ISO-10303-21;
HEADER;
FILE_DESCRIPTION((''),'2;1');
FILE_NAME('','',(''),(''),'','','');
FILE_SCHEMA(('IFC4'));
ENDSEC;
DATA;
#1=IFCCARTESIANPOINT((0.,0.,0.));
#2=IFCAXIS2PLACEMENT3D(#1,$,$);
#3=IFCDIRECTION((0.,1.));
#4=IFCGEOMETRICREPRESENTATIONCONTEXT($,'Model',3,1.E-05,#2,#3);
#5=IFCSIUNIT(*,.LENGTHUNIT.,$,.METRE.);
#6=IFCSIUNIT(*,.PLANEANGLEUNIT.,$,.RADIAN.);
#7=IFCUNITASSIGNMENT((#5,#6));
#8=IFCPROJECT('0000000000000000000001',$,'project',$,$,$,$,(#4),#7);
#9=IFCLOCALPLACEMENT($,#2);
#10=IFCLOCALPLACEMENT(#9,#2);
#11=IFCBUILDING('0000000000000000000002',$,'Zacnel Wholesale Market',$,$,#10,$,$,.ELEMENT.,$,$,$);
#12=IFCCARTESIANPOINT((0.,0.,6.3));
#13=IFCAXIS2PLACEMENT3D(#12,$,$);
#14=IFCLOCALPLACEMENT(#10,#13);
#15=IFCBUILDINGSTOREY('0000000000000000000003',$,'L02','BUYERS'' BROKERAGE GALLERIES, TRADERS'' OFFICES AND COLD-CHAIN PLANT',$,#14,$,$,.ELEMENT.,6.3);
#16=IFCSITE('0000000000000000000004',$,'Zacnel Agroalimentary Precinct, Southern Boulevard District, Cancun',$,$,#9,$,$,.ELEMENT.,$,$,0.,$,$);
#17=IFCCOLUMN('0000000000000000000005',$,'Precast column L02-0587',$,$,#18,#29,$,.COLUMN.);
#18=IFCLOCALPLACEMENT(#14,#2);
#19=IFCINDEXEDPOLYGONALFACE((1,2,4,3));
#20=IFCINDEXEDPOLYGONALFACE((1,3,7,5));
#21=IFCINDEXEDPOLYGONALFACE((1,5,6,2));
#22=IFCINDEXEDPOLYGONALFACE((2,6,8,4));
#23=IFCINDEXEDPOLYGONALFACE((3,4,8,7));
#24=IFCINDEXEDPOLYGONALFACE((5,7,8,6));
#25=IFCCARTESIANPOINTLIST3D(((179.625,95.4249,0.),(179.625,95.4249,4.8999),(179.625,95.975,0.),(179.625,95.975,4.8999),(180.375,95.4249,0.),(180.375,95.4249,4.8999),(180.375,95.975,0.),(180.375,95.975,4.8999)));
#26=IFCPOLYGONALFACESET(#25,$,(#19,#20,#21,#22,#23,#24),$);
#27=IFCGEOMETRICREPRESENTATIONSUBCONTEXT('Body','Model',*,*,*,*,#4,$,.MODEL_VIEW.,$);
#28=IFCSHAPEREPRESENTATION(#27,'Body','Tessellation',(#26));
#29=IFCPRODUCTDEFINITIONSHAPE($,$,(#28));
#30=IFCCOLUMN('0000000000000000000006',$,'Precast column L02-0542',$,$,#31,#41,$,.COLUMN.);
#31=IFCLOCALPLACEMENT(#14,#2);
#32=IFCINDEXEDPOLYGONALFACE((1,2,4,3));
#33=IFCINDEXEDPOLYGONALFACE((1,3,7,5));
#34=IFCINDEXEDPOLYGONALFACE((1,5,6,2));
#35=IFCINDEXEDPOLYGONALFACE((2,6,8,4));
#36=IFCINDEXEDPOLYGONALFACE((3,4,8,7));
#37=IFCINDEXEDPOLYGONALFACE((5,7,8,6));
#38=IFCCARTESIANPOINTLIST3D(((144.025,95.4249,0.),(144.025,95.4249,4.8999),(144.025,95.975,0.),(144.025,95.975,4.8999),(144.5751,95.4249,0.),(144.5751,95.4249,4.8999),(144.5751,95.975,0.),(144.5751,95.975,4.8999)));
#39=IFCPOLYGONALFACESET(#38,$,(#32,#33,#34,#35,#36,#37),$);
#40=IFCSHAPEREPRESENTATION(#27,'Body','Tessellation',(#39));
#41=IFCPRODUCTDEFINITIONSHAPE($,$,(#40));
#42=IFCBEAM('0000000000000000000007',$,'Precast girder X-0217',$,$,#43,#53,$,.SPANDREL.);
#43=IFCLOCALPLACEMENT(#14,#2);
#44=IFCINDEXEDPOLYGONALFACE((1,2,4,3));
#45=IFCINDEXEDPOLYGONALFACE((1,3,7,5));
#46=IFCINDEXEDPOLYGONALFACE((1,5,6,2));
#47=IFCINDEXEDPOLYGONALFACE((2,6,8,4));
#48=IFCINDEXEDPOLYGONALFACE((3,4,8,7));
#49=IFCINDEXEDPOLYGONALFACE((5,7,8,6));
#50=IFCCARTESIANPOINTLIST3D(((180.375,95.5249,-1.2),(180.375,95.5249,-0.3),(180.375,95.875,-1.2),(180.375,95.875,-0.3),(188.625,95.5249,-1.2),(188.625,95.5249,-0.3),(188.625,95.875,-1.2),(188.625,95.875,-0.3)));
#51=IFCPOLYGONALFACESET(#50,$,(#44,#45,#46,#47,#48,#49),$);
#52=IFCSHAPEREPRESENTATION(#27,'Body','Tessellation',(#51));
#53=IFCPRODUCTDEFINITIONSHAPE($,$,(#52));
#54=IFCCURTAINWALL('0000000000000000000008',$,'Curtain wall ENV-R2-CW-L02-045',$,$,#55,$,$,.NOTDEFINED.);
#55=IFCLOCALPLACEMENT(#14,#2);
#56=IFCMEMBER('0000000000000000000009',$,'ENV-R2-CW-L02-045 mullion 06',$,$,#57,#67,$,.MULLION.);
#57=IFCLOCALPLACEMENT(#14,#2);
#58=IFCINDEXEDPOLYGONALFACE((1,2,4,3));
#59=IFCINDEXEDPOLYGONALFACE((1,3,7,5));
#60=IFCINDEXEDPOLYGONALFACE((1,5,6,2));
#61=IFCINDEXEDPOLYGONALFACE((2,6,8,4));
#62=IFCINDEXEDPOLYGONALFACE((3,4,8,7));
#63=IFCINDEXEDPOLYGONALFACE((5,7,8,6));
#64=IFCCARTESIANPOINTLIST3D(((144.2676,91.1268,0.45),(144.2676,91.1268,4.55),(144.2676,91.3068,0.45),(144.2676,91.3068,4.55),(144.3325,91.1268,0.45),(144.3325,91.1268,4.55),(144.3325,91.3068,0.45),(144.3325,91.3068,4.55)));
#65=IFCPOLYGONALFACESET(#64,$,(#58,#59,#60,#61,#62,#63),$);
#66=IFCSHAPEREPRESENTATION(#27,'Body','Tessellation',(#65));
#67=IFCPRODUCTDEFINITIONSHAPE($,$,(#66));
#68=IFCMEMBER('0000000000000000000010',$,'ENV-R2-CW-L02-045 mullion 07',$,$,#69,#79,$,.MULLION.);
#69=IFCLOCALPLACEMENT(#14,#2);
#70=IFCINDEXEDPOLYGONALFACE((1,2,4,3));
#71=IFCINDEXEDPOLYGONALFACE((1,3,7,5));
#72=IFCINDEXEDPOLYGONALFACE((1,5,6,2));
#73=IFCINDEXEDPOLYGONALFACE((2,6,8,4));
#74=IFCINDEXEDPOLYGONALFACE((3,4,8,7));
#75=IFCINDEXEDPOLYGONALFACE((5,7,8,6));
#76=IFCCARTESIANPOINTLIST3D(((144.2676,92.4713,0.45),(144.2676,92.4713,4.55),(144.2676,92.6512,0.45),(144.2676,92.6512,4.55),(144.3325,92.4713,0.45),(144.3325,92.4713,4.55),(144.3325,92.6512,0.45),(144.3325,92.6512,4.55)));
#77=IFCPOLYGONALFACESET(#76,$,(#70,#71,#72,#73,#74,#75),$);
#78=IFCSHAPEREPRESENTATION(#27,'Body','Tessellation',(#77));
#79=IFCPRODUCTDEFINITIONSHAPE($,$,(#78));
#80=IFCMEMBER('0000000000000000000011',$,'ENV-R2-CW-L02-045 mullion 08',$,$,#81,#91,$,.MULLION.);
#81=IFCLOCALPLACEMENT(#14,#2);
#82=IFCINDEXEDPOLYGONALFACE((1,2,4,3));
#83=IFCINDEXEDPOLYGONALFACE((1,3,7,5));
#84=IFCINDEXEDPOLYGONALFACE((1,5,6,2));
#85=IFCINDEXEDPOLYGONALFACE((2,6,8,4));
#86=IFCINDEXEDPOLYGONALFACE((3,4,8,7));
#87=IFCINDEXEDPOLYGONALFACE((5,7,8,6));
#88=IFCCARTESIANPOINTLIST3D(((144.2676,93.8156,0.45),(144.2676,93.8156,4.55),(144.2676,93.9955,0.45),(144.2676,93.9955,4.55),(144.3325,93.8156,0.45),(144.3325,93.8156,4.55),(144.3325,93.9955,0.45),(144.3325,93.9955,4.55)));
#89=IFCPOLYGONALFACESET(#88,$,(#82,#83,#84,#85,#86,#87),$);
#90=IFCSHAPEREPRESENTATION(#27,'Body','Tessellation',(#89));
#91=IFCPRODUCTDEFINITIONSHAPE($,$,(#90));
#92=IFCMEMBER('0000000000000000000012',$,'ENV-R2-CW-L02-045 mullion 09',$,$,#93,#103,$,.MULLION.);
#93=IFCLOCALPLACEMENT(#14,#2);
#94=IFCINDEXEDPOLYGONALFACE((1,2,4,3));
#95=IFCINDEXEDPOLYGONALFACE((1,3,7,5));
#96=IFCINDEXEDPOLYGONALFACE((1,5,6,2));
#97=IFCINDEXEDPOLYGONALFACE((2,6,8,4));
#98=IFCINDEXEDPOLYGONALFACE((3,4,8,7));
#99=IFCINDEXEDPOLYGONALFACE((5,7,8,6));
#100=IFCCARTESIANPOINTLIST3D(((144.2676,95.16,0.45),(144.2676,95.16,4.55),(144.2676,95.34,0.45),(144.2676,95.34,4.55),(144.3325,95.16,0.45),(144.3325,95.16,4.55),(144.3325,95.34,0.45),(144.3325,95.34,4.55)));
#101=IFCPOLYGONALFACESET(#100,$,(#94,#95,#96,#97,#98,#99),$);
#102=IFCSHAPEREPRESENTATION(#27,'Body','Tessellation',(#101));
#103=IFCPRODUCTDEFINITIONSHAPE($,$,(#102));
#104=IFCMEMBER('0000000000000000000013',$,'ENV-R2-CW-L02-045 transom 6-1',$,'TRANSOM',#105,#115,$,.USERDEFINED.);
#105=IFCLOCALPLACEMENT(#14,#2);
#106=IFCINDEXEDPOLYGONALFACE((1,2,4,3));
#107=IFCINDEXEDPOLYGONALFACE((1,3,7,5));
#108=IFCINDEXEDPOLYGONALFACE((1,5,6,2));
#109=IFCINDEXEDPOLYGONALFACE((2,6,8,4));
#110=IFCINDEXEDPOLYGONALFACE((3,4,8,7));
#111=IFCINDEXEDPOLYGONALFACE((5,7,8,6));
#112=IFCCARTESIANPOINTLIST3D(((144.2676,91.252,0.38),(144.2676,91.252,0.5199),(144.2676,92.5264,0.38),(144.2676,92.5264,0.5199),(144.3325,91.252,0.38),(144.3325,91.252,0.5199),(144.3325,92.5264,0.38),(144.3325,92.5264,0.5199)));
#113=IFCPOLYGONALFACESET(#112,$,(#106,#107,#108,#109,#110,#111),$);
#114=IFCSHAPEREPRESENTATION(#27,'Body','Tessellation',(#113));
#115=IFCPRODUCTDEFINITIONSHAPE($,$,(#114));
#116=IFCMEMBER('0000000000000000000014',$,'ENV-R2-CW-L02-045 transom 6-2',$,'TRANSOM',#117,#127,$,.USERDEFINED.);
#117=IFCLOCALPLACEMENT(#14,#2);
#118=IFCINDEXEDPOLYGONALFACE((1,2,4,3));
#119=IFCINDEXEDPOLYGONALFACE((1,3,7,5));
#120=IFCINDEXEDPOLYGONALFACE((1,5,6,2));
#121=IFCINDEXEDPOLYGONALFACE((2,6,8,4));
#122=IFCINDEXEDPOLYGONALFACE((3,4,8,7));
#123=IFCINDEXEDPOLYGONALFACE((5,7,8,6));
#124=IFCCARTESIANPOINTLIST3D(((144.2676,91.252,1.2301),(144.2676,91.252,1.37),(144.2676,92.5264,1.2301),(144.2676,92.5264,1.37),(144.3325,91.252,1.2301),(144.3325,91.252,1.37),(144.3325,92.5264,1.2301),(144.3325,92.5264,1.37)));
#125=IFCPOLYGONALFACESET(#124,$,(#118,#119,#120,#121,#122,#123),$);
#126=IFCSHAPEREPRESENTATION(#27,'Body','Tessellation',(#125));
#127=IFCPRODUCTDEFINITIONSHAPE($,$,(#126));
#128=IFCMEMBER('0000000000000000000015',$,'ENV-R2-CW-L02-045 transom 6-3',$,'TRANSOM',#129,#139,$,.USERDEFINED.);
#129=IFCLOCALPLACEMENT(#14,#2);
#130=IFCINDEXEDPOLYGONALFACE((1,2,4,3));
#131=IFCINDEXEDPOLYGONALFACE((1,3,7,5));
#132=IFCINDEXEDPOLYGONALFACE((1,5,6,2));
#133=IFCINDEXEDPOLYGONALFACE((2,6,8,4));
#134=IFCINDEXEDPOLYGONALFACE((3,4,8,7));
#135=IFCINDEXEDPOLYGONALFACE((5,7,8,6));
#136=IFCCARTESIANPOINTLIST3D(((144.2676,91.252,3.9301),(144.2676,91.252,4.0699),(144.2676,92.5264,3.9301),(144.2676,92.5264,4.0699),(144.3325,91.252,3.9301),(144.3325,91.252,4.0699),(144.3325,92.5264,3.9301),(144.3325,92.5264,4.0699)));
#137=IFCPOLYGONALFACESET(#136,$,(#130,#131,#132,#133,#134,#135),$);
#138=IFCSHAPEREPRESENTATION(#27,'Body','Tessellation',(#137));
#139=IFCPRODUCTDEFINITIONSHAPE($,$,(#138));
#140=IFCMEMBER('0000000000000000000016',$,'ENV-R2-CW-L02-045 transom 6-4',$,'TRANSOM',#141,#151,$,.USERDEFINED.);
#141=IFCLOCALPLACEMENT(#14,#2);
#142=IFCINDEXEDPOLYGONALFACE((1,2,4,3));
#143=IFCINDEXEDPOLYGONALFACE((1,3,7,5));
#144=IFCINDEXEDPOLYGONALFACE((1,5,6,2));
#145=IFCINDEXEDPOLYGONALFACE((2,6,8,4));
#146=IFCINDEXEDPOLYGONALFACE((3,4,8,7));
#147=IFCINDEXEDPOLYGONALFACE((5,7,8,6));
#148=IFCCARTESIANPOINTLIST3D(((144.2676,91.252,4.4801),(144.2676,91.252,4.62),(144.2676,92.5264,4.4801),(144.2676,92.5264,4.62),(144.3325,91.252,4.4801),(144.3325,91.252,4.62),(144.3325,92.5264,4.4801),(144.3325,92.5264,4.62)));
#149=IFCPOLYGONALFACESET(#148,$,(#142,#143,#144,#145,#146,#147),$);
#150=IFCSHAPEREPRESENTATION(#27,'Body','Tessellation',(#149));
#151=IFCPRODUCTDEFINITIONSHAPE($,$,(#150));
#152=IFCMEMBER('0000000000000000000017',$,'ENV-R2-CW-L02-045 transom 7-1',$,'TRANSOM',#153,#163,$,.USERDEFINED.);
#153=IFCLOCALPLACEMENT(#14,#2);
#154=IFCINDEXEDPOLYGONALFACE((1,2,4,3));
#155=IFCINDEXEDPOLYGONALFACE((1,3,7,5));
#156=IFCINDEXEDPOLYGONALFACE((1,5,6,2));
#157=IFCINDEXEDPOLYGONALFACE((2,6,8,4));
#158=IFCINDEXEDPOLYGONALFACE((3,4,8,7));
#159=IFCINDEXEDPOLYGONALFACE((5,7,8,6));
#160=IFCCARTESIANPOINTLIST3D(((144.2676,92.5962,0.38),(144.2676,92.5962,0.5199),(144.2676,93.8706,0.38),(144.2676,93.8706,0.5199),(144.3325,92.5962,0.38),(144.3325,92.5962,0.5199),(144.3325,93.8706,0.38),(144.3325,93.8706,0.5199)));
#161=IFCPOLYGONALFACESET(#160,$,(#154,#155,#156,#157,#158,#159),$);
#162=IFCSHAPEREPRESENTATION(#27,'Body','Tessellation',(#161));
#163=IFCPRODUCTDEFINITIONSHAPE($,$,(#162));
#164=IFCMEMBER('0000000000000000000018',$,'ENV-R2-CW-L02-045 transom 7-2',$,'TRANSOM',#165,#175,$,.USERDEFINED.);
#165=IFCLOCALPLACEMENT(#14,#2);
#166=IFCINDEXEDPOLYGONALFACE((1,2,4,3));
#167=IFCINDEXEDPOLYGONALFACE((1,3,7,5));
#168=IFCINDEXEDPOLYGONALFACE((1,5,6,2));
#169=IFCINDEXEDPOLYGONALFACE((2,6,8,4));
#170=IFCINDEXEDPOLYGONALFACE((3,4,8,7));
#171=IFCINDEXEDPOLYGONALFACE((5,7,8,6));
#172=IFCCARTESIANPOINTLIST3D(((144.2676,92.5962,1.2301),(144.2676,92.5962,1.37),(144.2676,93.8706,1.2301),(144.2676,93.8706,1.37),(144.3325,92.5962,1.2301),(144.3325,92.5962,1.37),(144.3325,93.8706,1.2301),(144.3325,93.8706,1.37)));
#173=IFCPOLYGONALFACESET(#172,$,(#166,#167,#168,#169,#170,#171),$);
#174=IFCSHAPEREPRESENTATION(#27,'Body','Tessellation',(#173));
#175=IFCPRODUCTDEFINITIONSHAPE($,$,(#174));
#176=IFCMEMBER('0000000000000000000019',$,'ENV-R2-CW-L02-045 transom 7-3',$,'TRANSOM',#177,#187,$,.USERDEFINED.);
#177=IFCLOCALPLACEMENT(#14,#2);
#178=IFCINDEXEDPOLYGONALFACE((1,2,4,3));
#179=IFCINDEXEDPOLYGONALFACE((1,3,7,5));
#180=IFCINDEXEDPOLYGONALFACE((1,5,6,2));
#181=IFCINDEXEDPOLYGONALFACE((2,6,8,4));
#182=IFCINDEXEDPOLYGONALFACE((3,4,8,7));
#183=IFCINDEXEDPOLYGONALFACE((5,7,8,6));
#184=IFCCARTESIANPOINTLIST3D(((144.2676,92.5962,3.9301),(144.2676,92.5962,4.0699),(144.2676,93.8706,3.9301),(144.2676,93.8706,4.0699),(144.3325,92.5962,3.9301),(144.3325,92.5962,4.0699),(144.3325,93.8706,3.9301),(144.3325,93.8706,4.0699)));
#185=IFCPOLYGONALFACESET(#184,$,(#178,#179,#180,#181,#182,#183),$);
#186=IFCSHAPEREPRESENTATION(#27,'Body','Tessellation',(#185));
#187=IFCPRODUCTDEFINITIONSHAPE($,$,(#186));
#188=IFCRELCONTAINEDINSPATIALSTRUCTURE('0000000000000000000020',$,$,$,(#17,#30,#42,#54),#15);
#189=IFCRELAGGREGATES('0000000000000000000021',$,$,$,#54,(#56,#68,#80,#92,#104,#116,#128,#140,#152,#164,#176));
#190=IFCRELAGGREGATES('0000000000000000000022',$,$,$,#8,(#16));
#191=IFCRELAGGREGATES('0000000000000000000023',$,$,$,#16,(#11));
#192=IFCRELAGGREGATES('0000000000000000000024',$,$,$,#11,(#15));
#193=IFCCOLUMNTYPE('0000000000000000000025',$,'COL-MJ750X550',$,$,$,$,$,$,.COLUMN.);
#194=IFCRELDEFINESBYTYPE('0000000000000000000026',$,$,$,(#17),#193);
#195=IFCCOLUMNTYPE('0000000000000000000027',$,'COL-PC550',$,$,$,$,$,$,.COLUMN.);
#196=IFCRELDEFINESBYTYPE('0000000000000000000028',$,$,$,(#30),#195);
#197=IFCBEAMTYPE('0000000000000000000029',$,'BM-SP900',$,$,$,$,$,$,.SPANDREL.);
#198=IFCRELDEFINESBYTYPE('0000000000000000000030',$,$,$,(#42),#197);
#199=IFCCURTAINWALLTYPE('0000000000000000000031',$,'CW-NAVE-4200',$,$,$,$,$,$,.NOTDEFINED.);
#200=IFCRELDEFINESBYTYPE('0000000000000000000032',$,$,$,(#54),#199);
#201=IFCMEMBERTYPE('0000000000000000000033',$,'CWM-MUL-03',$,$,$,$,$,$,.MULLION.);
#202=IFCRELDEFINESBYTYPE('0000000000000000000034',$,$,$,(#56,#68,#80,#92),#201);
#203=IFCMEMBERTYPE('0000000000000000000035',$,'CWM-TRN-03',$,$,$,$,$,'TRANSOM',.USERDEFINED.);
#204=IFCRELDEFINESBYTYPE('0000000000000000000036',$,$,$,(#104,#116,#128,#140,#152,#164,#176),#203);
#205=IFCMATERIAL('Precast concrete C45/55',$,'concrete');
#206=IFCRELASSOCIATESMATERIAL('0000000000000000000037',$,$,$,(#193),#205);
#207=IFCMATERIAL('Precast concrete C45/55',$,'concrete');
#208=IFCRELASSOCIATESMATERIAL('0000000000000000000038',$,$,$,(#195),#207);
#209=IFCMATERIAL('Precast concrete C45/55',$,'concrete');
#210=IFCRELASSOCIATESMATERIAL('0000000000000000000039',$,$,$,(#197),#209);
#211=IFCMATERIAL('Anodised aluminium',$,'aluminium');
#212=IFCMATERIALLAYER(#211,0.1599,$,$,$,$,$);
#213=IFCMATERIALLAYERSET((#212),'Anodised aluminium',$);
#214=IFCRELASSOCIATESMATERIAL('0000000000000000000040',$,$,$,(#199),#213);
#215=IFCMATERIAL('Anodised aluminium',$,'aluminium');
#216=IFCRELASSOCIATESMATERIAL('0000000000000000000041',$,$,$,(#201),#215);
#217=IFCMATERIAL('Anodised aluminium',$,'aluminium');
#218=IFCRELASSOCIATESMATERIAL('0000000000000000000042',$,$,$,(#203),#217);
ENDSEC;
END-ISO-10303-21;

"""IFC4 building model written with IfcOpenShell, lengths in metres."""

from ifc_helpers import new_model, si_unit, direction, frame, origin, origin_2d, place, context, subcontext, project, spatial, rectangle, extrude, material, layer, layer_set, material_profile, profile_set, type_object, element, aggregate, save


model = new_model("IFC4")

# Units and contexts
model_context = context("Model", 3, precision=1e-05, world=origin(), true_north=direction((0.0, 1.0)))
body_context = subcontext(model_context, "Body", "Model", "MODEL_VIEW")
ifc_project = project(units=[si_unit("LENGTHUNIT", "METRE"), si_unit("PLANEANGLEUNIT", "RADIAN")], contexts=[model_context])

# Site, building, storey
site_placement = place(None, origin())
site = spatial("IfcSite", under=ifc_project, at=site_placement, Name="Zacnel Agroalimentary Precinct, Southern Boulevard District, Cancun", CompositionType="ELEMENT", RefElevation=0.0)
building_placement = place(site_placement, origin())
building = spatial("IfcBuilding", under=site, at=building_placement, Name="Zacnel Wholesale Market", CompositionType="ELEMENT")
storey_placement = place(building_placement, frame((0.0, 0.0, 6.3)))
storey = spatial("IfcBuildingStorey", under=building, at=storey_placement, Name="L02", Description="BUYERS' BROKERAGE GALLERIES, TRADERS' OFFICES AND COLD-CHAIN PLANT", CompositionType="ELEMENT", Elevation=6.3)

# Columns
ifc_material_1 = material(Name="Precast concrete C45/55", Category="concrete")
ifc_material_profile_1 = material_profile(ifc_material_1, rectangle(XDim=0.75, YDim=0.55, at=origin_2d()), Name="PC 750x550")
ifc_profile_set_1 = profile_set([ifc_material_profile_1], Name="Precast concrete C45/55")
column_type_1 = type_object("IfcColumnType", Name="COL-MJ750X550", PredefinedType="COLUMN", material=ifc_profile_set_1)
column_1_placement = place(storey_placement, frame((180.0, 95.7, 0.0), z_axis=(0.0, 0.0, 1.0), x_axis=(1.0, 0.0, 0.0)))
element("IfcColumn", 1, at=column_1_placement, inside=storey, type_object=column_type_1, Name="Precast column L02-0587", PredefinedType="COLUMN", context=body_context, shape_type="SweptSolid", body=[
    extrude(rectangle(XDim=0.75, YDim=0.55, at=origin_2d()), origin(), (0.0, 0.0, 1.0), 4.8999),
])
ifc_material_2 = material(Name="Precast concrete C45/55", Category="concrete")
ifc_material_profile_2 = material_profile(ifc_material_2, rectangle(XDim=0.55, YDim=0.55, at=origin_2d()), Name="PC 550x550")
ifc_profile_set_2 = profile_set([ifc_material_profile_2], Name="Precast concrete C45/55")
column_type_2 = type_object("IfcColumnType", Name="COL-PC550", PredefinedType="COLUMN", material=ifc_profile_set_2)
column_2_placement = place(storey_placement, frame((144.3, 95.7, 0.0), z_axis=(0.0, 0.0, 1.0), x_axis=(1.0, 0.0, 0.0)))
element("IfcColumn", 2, at=column_2_placement, inside=storey, type_object=column_type_2, Name="Precast column L02-0542", PredefinedType="COLUMN", context=body_context, shape_type="SweptSolid", body=[
    extrude(rectangle(XDim=0.55, YDim=0.55, at=origin_2d()), origin(), (0.0, 0.0, 1.0), 4.8999),
])

# Beam
ifc_material_3 = material(Name="Precast concrete C45/55", Category="concrete")
ifc_material_profile_3 = material_profile(ifc_material_3, rectangle(XDim=0.3501, YDim=0.8999, at=origin_2d()), Name="SP 350x900")
ifc_profile_set_3 = profile_set([ifc_material_profile_3], Name="Precast concrete C45/55")
beam_type = type_object("IfcBeamType", Name="BM-SP900", PredefinedType="SPANDREL", material=ifc_profile_set_3)
beam_placement = place(storey_placement, frame((180.375, 95.7, -0.75), z_axis=(1.0, 0.0, 0.0), x_axis=(0.0, 1.0, 0.0)))
element("IfcBeam", 3, at=beam_placement, inside=storey, type_object=beam_type, Name="Precast girder X-0217", PredefinedType="SPANDREL", context=body_context, shape_type="SweptSolid", body=[
    extrude(rectangle(XDim=0.3501, YDim=0.8999, at=origin_2d()), origin(), (0.0, 0.0, 1.0), 8.25),
])

# Curtain wall, members
ifc_material_4 = material(Name="Anodised aluminium", Category="aluminium")
ifc_layer_1 = layer(ifc_material_4, 0.1599)
ifc_layer_set_1 = layer_set([ifc_layer_1], Name="Anodised aluminium")
curtain_wall_type = type_object("IfcCurtainWallType", Name="CW-NAVE-4200", PredefinedType="NOTDEFINED", material=ifc_layer_set_1)
curtain_wall_placement = place(storey_placement, origin())
curtain_wall = element("IfcCurtainWall", 4, at=curtain_wall_placement, inside=storey, type_object=curtain_wall_type, Name="Curtain wall ENV-R2-CW-L02-045", PredefinedType="NOTDEFINED")
ifc_material_5 = material(Name="Anodised aluminium", Category="aluminium")
ifc_material_profile_4 = material_profile(ifc_material_5, rectangle(XDim=0.0649, YDim=0.1799, at=origin_2d()), Name="AW-MULLION 65x180")
ifc_profile_set_4 = profile_set([ifc_material_profile_4], Name="Anodised aluminium")
member_type_1 = type_object("IfcMemberType", Name="CWM-MUL-03", PredefinedType="MULLION", material=ifc_profile_set_4)
member_1_placement = place(storey_placement, frame((144.3, 91.2168, 0.45), z_axis=(0.0, 0.0, 1.0), x_axis=(1.0, 0.0, 0.0)))
member_1 = element("IfcMember", 5, at=member_1_placement, type_object=member_type_1, Name="ENV-R2-CW-L02-045 mullion 06", PredefinedType="MULLION", context=body_context, shape_type="SweptSolid", body=[
    extrude(rectangle(XDim=0.0649, YDim=0.1799, at=origin_2d()), origin(), (0.0, 0.0, 1.0), 4.1001),
])
member_2_placement = place(storey_placement, frame((144.3, 92.5613, 0.45), z_axis=(0.0, 0.0, 1.0), x_axis=(1.0, 0.0, 0.0)))
member_2 = element("IfcMember", 6, at=member_2_placement, type_object=member_type_1, Name="ENV-R2-CW-L02-045 mullion 07", PredefinedType="MULLION", context=body_context, shape_type="SweptSolid", body=[
    extrude(rectangle(XDim=0.0649, YDim=0.1799, at=origin_2d()), origin(), (0.0, 0.0, 1.0), 4.1001),
])
member_3_placement = place(storey_placement, frame((144.3, 93.9055, 0.45), z_axis=(0.0, 0.0, 1.0), x_axis=(1.0, 0.0, 0.0)))
member_3 = element("IfcMember", 7, at=member_3_placement, type_object=member_type_1, Name="ENV-R2-CW-L02-045 mullion 08", PredefinedType="MULLION", context=body_context, shape_type="SweptSolid", body=[
    extrude(rectangle(XDim=0.0649, YDim=0.1799, at=origin_2d()), origin(), (0.0, 0.0, 1.0), 4.1001),
])
member_4_placement = place(storey_placement, frame((144.3, 95.25, 0.45), z_axis=(0.0, 0.0, 1.0), x_axis=(1.0, 0.0, 0.0)))
member_4 = element("IfcMember", 8, at=member_4_placement, type_object=member_type_1, Name="ENV-R2-CW-L02-045 mullion 09", PredefinedType="MULLION", context=body_context, shape_type="SweptSolid", body=[
    extrude(rectangle(XDim=0.0649, YDim=0.1799, at=origin_2d()), origin(), (0.0, 0.0, 1.0), 4.1001),
])
ifc_material_6 = material(Name="Anodised aluminium", Category="aluminium")
ifc_material_profile_5 = material_profile(ifc_material_6, rectangle(XDim=0.0649, YDim=0.1399, at=origin_2d()), Name="AW-TRANSOM 65x140")
ifc_profile_set_5 = profile_set([ifc_material_profile_5], Name="Anodised aluminium")
member_type_2 = type_object("IfcMemberType", Name="CWM-TRN-03", ElementType="TRANSOM", PredefinedType="USERDEFINED", material=ifc_profile_set_5)
member_5_placement = place(storey_placement, frame((144.3, 91.252, 0.45), z_axis=(0.0, 1.0, 0.0), x_axis=(-1.0, 0.0, 0.0)))
member_5 = element("IfcMember", 9, at=member_5_placement, type_object=member_type_2, Name="ENV-R2-CW-L02-045 transom 6-1", ObjectType="TRANSOM", PredefinedType="USERDEFINED", context=body_context, shape_type="SweptSolid", body=[
    extrude(rectangle(XDim=0.0649, YDim=0.1399, at=origin_2d()), origin(), (0.0, 0.0, 1.0), 1.2744),
])
member_6_placement = place(storey_placement, frame((144.3, 91.252, 1.3), z_axis=(0.0, 1.0, 0.0), x_axis=(-1.0, 0.0, 0.0)))
member_6 = element("IfcMember", 10, at=member_6_placement, type_object=member_type_2, Name="ENV-R2-CW-L02-045 transom 6-2", ObjectType="TRANSOM", PredefinedType="USERDEFINED", context=body_context, shape_type="SweptSolid", body=[
    extrude(rectangle(XDim=0.0649, YDim=0.1399, at=origin_2d()), origin(), (0.0, 0.0, 1.0), 1.2744),
])
member_7_placement = place(storey_placement, frame((144.3, 91.252, 4.0), z_axis=(0.0, 1.0, 0.0), x_axis=(-1.0, 0.0, 0.0)))
member_7 = element("IfcMember", 11, at=member_7_placement, type_object=member_type_2, Name="ENV-R2-CW-L02-045 transom 6-3", ObjectType="TRANSOM", PredefinedType="USERDEFINED", context=body_context, shape_type="SweptSolid", body=[
    extrude(rectangle(XDim=0.0649, YDim=0.1399, at=origin_2d()), origin(), (0.0, 0.0, 1.0), 1.2744),
])
member_8_placement = place(storey_placement, frame((144.3, 91.252, 4.55), z_axis=(0.0, 1.0, 0.0), x_axis=(-1.0, 0.0, 0.0)))
member_8 = element("IfcMember", 12, at=member_8_placement, type_object=member_type_2, Name="ENV-R2-CW-L02-045 transom 6-4", ObjectType="TRANSOM", PredefinedType="USERDEFINED", context=body_context, shape_type="SweptSolid", body=[
    extrude(rectangle(XDim=0.0649, YDim=0.1399, at=origin_2d()), origin(), (0.0, 0.0, 1.0), 1.2744),
])
member_9_placement = place(storey_placement, frame((144.3, 92.5962, 0.45), z_axis=(0.0, 1.0, 0.0), x_axis=(-1.0, 0.0, 0.0)))
member_9 = element("IfcMember", 13, at=member_9_placement, type_object=member_type_2, Name="ENV-R2-CW-L02-045 transom 7-1", ObjectType="TRANSOM", PredefinedType="USERDEFINED", context=body_context, shape_type="SweptSolid", body=[
    extrude(rectangle(XDim=0.0649, YDim=0.1399, at=origin_2d()), origin(), (0.0, 0.0, 1.0), 1.2744),
])
member_10_placement = place(storey_placement, frame((144.3, 92.5962, 1.3), z_axis=(0.0, 1.0, 0.0), x_axis=(-1.0, 0.0, 0.0)))
member_10 = element("IfcMember", 14, at=member_10_placement, type_object=member_type_2, Name="ENV-R2-CW-L02-045 transom 7-2", ObjectType="TRANSOM", PredefinedType="USERDEFINED", context=body_context, shape_type="SweptSolid", body=[
    extrude(rectangle(XDim=0.0649, YDim=0.1399, at=origin_2d()), origin(), (0.0, 0.0, 1.0), 1.2744),
])
member_11_placement = place(storey_placement, frame((144.3, 92.5962, 4.0), z_axis=(0.0, 1.0, 0.0), x_axis=(-1.0, 0.0, 0.0)))
member_11 = element("IfcMember", 15, at=member_11_placement, type_object=member_type_2, Name="ENV-R2-CW-L02-045 transom 7-3", ObjectType="TRANSOM", PredefinedType="USERDEFINED", context=body_context, shape_type="SweptSolid", body=[
    extrude(rectangle(XDim=0.0649, YDim=0.1399, at=origin_2d()), origin(), (0.0, 0.0, 1.0), 1.2744),
])
aggregate(curtain_wall, [member_1, member_2, member_3, member_4, member_5, member_6, member_7, member_8, member_9, member_10, member_11])

save(model, "model.ifc")
